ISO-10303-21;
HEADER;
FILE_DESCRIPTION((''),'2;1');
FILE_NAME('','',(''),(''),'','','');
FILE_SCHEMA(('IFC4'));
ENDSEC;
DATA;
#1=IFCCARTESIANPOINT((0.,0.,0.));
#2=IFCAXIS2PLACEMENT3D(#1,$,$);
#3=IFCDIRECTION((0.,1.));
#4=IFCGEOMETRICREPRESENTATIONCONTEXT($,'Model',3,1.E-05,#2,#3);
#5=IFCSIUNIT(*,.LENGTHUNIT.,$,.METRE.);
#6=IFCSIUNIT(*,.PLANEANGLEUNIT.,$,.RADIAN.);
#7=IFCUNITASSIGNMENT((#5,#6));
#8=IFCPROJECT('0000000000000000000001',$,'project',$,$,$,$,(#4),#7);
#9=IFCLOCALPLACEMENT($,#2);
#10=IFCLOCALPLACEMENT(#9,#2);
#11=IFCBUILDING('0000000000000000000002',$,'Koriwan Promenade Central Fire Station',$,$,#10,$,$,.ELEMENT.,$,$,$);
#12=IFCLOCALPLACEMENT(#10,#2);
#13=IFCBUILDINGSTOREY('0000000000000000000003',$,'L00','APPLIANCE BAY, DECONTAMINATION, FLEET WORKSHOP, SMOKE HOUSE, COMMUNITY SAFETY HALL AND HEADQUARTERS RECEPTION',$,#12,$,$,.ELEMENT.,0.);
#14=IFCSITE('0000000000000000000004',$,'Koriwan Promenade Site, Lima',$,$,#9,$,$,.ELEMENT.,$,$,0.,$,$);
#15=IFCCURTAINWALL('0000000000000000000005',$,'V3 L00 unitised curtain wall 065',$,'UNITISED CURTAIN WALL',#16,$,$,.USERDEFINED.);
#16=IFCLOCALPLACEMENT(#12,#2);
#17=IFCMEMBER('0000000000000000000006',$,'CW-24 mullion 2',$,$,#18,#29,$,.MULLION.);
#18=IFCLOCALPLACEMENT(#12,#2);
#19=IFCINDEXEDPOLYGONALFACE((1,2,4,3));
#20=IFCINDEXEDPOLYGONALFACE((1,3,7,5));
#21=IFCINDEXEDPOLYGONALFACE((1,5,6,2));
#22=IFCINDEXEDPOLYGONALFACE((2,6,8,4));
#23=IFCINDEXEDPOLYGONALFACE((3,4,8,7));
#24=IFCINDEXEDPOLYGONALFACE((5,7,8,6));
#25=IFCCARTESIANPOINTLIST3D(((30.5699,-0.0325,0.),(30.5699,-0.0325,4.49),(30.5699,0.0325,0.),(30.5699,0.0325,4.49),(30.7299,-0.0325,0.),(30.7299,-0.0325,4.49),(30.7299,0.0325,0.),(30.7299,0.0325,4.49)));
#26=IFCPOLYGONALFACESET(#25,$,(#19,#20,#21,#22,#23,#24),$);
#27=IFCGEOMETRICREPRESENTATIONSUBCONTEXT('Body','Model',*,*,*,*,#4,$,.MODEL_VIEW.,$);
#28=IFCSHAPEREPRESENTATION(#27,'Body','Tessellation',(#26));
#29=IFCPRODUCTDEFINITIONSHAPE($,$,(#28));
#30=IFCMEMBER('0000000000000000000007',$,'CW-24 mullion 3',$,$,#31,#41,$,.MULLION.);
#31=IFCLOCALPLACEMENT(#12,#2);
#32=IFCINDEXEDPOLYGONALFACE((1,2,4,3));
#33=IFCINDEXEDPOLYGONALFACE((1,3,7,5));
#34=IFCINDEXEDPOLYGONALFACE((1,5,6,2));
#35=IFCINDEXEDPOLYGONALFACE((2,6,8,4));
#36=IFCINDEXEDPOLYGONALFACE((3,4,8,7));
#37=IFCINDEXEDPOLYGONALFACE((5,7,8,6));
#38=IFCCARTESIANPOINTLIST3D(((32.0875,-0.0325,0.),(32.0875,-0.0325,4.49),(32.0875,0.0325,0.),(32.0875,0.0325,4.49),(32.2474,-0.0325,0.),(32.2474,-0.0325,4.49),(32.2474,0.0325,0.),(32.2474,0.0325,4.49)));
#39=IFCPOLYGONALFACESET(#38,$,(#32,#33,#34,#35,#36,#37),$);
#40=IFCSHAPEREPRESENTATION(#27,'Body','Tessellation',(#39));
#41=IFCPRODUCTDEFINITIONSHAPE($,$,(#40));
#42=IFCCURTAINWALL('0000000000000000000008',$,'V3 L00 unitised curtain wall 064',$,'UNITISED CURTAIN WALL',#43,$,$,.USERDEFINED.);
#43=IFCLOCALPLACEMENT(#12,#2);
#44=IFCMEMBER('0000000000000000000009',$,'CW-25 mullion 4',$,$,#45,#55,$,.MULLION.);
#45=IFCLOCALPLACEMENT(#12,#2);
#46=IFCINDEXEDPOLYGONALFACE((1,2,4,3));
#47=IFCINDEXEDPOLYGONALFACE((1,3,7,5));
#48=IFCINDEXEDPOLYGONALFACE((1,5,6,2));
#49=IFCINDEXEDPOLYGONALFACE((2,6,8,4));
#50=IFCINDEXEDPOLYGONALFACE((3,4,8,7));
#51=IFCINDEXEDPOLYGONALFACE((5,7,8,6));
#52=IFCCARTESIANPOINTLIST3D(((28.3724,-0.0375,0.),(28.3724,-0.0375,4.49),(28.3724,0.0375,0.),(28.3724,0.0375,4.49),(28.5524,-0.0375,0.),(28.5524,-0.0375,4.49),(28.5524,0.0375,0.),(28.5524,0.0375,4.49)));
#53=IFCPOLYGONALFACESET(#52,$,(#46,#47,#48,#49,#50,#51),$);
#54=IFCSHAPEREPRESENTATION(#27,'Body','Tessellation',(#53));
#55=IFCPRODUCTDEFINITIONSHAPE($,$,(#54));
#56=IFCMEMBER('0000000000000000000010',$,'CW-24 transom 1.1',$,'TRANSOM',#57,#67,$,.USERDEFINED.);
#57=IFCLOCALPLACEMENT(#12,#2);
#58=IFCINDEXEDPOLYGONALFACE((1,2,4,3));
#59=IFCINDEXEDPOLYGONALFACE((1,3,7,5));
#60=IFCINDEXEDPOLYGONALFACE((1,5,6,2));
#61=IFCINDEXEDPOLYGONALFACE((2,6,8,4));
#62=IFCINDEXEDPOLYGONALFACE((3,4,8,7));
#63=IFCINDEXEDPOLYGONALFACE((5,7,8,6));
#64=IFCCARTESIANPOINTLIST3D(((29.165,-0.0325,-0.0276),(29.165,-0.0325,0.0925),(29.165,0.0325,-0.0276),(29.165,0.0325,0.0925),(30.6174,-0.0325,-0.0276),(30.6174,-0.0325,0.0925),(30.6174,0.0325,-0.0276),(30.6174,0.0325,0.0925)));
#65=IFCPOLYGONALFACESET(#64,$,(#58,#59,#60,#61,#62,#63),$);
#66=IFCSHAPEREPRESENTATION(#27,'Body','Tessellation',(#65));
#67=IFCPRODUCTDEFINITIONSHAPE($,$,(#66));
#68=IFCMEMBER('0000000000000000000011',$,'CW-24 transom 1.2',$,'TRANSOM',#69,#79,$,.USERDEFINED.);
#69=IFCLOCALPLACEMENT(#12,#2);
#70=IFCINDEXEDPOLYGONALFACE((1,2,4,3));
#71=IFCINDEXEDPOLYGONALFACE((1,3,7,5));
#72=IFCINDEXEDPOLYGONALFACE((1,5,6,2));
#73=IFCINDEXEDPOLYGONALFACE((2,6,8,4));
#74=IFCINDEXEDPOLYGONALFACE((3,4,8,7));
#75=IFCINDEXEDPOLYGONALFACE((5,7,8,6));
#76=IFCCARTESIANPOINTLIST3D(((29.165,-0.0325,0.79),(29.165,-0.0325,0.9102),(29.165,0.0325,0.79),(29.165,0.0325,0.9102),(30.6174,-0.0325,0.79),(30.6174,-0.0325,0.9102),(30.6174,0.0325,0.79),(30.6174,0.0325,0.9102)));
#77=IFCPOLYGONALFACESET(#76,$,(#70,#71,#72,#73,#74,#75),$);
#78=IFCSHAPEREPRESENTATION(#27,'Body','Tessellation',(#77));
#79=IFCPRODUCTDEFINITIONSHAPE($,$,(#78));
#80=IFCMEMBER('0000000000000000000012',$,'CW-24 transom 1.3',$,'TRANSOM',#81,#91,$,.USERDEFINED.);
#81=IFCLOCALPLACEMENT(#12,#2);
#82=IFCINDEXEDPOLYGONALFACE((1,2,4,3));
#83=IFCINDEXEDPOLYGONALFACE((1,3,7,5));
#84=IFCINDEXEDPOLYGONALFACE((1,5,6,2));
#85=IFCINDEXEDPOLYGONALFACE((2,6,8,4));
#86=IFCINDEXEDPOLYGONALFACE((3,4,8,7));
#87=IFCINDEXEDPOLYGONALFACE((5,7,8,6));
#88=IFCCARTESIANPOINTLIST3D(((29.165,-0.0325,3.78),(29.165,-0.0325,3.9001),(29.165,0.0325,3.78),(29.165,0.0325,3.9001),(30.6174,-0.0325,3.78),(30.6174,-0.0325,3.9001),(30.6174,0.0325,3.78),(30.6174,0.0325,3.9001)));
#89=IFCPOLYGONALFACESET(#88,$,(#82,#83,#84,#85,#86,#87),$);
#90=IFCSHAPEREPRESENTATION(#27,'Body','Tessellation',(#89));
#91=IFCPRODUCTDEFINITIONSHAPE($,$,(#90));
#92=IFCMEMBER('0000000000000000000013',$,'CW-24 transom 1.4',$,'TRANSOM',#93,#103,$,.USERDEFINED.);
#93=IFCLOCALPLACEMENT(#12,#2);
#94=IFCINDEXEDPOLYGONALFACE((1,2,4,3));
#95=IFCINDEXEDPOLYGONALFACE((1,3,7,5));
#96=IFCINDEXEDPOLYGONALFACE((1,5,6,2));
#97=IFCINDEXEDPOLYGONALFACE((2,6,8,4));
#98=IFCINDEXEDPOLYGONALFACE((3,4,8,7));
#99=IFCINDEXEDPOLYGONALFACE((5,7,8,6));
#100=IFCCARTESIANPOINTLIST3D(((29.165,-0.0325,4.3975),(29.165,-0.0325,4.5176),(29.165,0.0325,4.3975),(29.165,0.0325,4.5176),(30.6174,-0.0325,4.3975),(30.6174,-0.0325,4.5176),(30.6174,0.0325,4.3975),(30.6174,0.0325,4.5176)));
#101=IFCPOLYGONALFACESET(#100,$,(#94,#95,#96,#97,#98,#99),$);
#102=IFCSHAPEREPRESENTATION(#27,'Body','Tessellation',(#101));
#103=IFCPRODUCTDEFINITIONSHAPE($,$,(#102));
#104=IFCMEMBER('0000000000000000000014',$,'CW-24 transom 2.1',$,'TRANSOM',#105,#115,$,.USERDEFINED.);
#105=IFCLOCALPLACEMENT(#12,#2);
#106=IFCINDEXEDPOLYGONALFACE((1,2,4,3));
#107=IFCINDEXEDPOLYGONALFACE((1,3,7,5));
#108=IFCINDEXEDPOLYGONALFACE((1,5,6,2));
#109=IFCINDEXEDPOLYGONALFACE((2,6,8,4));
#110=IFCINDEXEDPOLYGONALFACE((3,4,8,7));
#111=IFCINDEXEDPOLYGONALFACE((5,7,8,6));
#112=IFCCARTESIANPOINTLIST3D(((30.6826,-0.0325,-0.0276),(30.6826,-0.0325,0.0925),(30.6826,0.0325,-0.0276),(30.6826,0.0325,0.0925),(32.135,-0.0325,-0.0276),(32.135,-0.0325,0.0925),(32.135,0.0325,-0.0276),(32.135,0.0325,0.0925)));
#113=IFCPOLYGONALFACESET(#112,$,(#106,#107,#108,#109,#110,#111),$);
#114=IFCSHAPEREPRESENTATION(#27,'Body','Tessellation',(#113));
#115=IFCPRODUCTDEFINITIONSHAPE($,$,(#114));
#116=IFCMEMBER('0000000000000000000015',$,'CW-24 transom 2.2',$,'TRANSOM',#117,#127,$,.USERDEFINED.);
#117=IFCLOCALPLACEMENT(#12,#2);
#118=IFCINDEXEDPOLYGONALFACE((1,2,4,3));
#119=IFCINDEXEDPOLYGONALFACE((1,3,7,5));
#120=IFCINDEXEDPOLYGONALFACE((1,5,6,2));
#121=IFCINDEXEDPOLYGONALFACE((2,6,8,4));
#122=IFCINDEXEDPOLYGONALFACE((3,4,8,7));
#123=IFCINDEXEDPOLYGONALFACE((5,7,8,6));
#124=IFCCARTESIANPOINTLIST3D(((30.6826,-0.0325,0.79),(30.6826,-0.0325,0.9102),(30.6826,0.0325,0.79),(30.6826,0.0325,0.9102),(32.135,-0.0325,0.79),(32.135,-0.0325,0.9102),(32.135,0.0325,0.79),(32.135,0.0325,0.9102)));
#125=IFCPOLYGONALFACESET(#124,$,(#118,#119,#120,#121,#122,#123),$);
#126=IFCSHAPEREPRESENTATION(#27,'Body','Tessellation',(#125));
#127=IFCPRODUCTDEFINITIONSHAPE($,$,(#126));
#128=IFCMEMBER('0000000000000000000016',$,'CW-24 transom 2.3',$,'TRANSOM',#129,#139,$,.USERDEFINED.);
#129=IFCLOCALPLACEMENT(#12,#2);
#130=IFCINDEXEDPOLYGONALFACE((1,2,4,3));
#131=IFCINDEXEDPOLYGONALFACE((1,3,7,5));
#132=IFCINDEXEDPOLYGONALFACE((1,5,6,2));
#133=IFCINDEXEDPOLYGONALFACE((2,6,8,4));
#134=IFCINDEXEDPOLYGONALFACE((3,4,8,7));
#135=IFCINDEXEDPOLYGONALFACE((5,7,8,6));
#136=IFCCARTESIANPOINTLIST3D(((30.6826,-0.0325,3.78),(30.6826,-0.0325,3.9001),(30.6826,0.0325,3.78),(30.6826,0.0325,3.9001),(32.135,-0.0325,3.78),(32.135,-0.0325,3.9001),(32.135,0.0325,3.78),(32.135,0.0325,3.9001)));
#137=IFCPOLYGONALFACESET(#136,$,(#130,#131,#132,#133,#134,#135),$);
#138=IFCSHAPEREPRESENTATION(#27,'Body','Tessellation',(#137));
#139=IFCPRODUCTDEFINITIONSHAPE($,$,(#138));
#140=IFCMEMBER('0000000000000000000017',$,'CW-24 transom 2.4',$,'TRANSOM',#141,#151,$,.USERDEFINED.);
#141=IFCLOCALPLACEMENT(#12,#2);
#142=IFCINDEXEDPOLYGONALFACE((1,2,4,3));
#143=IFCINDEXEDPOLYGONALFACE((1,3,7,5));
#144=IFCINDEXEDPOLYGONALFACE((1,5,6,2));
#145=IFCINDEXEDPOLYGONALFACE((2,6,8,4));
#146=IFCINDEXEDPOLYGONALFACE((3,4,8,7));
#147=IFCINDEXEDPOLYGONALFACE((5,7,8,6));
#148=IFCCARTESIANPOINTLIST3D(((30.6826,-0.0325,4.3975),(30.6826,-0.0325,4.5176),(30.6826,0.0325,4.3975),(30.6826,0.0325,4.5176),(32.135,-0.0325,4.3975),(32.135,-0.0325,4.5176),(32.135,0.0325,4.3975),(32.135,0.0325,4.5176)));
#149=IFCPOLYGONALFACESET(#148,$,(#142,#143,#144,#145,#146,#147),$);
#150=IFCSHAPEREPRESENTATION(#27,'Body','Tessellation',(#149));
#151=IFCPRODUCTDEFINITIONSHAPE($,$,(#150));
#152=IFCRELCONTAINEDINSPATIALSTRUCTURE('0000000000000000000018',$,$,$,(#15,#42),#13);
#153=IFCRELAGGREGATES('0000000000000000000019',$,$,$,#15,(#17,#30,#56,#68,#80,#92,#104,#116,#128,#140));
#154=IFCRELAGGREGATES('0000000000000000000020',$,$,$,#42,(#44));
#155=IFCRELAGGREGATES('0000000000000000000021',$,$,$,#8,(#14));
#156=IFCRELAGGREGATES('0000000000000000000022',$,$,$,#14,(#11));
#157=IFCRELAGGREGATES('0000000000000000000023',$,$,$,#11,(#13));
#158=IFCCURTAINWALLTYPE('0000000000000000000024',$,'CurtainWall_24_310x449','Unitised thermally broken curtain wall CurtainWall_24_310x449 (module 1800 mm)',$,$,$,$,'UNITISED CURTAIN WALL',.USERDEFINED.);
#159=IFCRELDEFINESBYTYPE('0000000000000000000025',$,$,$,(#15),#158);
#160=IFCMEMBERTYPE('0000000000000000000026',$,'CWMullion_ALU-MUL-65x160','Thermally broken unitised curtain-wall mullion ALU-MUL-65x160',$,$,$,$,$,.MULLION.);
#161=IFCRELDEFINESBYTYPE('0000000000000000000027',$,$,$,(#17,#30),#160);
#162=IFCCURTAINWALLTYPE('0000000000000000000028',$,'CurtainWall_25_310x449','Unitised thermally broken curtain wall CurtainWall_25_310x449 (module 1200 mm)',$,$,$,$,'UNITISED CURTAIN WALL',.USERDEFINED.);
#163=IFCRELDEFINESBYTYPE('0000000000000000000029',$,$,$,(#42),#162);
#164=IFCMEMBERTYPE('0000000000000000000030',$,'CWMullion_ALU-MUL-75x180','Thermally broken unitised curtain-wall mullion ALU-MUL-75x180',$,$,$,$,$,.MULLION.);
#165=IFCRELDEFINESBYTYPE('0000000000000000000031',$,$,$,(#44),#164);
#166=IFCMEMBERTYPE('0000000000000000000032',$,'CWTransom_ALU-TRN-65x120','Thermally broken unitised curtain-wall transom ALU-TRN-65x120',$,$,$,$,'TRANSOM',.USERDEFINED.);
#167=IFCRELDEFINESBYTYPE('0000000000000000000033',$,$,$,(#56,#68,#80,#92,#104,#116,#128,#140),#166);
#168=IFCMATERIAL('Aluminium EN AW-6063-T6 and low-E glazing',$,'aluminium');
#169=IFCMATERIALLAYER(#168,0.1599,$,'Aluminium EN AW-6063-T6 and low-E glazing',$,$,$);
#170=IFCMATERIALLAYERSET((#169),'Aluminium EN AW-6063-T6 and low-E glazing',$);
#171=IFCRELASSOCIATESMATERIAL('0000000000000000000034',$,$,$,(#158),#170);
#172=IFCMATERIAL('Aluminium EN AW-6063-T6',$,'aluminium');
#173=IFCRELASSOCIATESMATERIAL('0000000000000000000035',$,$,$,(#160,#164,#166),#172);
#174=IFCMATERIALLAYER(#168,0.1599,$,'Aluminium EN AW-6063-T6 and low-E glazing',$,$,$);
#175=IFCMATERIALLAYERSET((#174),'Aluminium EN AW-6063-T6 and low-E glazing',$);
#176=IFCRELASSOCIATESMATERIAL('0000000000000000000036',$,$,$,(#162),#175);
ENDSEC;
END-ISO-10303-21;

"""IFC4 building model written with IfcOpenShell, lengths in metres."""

from ifc_helpers import new_model, si_unit, direction, frame, origin, origin_2d, place, context, subcontext, project, spatial, rectangle, extrude, material, layer, layer_set, material_profile, profile_set, type_object, element, aggregate, save


model = new_model("IFC4")

# Units and contexts
model_context = context("Model", 3, precision=1e-05, world=origin(), true_north=direction((0.0, 1.0)))
body_context = subcontext(model_context, "Body", "Model", "MODEL_VIEW")
ifc_project = project(units=[si_unit("LENGTHUNIT", "METRE"), si_unit("PLANEANGLEUNIT", "RADIAN")], contexts=[model_context])

# Site, building, storey
site_placement = place(None, origin())
site = spatial("IfcSite", under=ifc_project, at=site_placement, Name="Koriwan Promenade Site, Lima", CompositionType="ELEMENT", RefElevation=0.0)
building_placement = place(site_placement, origin())
building = spatial("IfcBuilding", under=site, at=building_placement, Name="Koriwan Promenade Central Fire Station", CompositionType="ELEMENT")
storey_placement = place(building_placement, origin())
storey = spatial("IfcBuildingStorey", under=building, at=storey_placement, Name="L00", Description="APPLIANCE BAY, DECONTAMINATION, FLEET WORKSHOP, SMOKE HOUSE, COMMUNITY SAFETY HALL AND HEADQUARTERS RECEPTION", CompositionType="ELEMENT", Elevation=0.0)

# Curtain wall, members
ifc_material_1 = material(Name="Aluminium EN AW-6063-T6 and low-E glazing", Category="aluminium")
ifc_layer_1 = layer(ifc_material_1, 0.1599, Name="Aluminium EN AW-6063-T6 and low-E glazing")
ifc_layer_set_1 = layer_set([ifc_layer_1], Name="Aluminium EN AW-6063-T6 and low-E glazing")
curtain_wall_type_1 = type_object("IfcCurtainWallType", Name="CurtainWall_24_310x449", Description="Unitised thermally broken curtain wall CurtainWall_24_310x449 (module 1800 mm)", ElementType="UNITISED CURTAIN WALL", PredefinedType="USERDEFINED", material=ifc_layer_set_1)
curtain_wall_1_placement = place(storey_placement, origin())
curtain_wall_1 = element("IfcCurtainWall", 1, at=curtain_wall_1_placement, inside=storey, type_object=curtain_wall_type_1, Name="V3 L00 unitised curtain wall 065", ObjectType="UNITISED CURTAIN WALL", PredefinedType="USERDEFINED")
ifc_material_2 = material(Name="Aluminium EN AW-6063-T6", Category="aluminium")
ifc_material_profile_1 = material_profile(ifc_material_2, rectangle(XDim=0.0649, YDim=0.1599, at=origin_2d()), Name="ALU-MUL-65x160")
ifc_profile_set_1 = profile_set([ifc_material_profile_1], Name="Aluminium EN AW-6063-T6")
member_type_1 = type_object("IfcMemberType", Name="CWMullion_ALU-MUL-65x160", Description="Thermally broken unitised curtain-wall mullion ALU-MUL-65x160", PredefinedType="MULLION", material=ifc_profile_set_1)
member_1_placement = place(storey_placement, frame((30.6499, 0.0, 0.0), z_axis=(0.0, 0.0, 1.0), x_axis=(0.0, 1.0, 0.0)))
member_1 = element("IfcMember", 2, at=member_1_placement, type_object=member_type_1, Name="CW-24 mullion 2", PredefinedType="MULLION", context=body_context, shape_type="SweptSolid", body=[
    extrude(rectangle(XDim=0.0649, YDim=0.1599, at=origin_2d()), origin(), (0.0, 0.0, 1.0), 4.49),
])
member_2_placement = place(storey_placement, frame((32.1675, 0.0, 0.0), z_axis=(0.0, 0.0, 1.0), x_axis=(0.0, 1.0, 0.0)))
member_2 = element("IfcMember", 3, at=member_2_placement, type_object=member_type_1, Name="CW-24 mullion 3", PredefinedType="MULLION", context=body_context, shape_type="SweptSolid", body=[
    extrude(rectangle(XDim=0.0649, YDim=0.1599, at=origin_2d()), origin(), (0.0, 0.0, 1.0), 4.49),
])

# Curtain wall, member
ifc_layer_2 = layer(ifc_material_1, 0.1599, Name="Aluminium EN AW-6063-T6 and low-E glazing")
ifc_layer_set_2 = layer_set([ifc_layer_2], Name="Aluminium EN AW-6063-T6 and low-E glazing")
curtain_wall_type_2 = type_object("IfcCurtainWallType", Name="CurtainWall_25_310x449", Description="Unitised thermally broken curtain wall CurtainWall_25_310x449 (module 1200 mm)", ElementType="UNITISED CURTAIN WALL", PredefinedType="USERDEFINED", material=ifc_layer_set_2)
curtain_wall_2_placement = place(storey_placement, origin())
curtain_wall_2 = element("IfcCurtainWall", 4, at=curtain_wall_2_placement, inside=storey, type_object=curtain_wall_type_2, Name="V3 L00 unitised curtain wall 064", ObjectType="UNITISED CURTAIN WALL", PredefinedType="USERDEFINED")
ifc_material_profile_2 = material_profile(ifc_material_2, rectangle(XDim=0.075, YDim=0.1799, at=origin_2d()), Name="ALU-MUL-75x180")
ifc_profile_set_2 = profile_set([ifc_material_profile_2], Name="Aluminium EN AW-6063-T6")
member_type_2 = type_object("IfcMemberType", Name="CWMullion_ALU-MUL-75x180", Description="Thermally broken unitised curtain-wall mullion ALU-MUL-75x180", PredefinedType="MULLION", material=ifc_profile_set_2)
member_3_placement = place(storey_placement, frame((28.4624, 0.0, 0.0), z_axis=(0.0, 0.0, 1.0), x_axis=(0.0, 1.0, 0.0)))
member_3 = element("IfcMember", 5, at=member_3_placement, type_object=member_type_2, Name="CW-25 mullion 4", PredefinedType="MULLION", context=body_context, shape_type="SweptSolid", body=[
    extrude(rectangle(XDim=0.075, YDim=0.1799, at=origin_2d()), origin(), (0.0, 0.0, 1.0), 4.49),
])

# Members
ifc_material_profile_3 = material_profile(ifc_material_2, rectangle(XDim=0.0649, YDim=0.1201, at=origin_2d()), Name="ALU-TRN-65x120")
ifc_profile_set_3 = profile_set([ifc_material_profile_3], Name="Aluminium EN AW-6063-T6")
member_type_3 = type_object("IfcMemberType", Name="CWTransom_ALU-TRN-65x120", Description="Thermally broken unitised curtain-wall transom ALU-TRN-65x120", ElementType="TRANSOM", PredefinedType="USERDEFINED", material=ifc_profile_set_3)
member_4_placement = place(storey_placement, frame((29.165, 0.0, 0.0325), z_axis=(1.0, 0.0, 0.0), x_axis=(0.0, 1.0, 0.0)))
member_4 = element("IfcMember", 6, at=member_4_placement, type_object=member_type_3, Name="CW-24 transom 1.1", ObjectType="TRANSOM", PredefinedType="USERDEFINED", context=body_context, shape_type="SweptSolid", body=[
    extrude(rectangle(XDim=0.0649, YDim=0.1201, at=origin_2d()), origin(), (0.0, 0.0, 1.0), 1.4524),
])
member_5_placement = place(storey_placement, frame((29.165, 0.0, 0.8501), z_axis=(1.0, 0.0, 0.0), x_axis=(0.0, 1.0, 0.0)))
member_5 = element("IfcMember", 7, at=member_5_placement, type_object=member_type_3, Name="CW-24 transom 1.2", ObjectType="TRANSOM", PredefinedType="USERDEFINED", context=body_context, shape_type="SweptSolid", body=[
    extrude(rectangle(XDim=0.0649, YDim=0.1201, at=origin_2d()), origin(), (0.0, 0.0, 1.0), 1.4524),
])
member_6_placement = place(storey_placement, frame((29.165, 0.0, 3.8401), z_axis=(1.0, 0.0, 0.0), x_axis=(0.0, 1.0, 0.0)))
member_6 = element("IfcMember", 8, at=member_6_placement, type_object=member_type_3, Name="CW-24 transom 1.3", ObjectType="TRANSOM", PredefinedType="USERDEFINED", context=body_context, shape_type="SweptSolid", body=[
    extrude(rectangle(XDim=0.0649, YDim=0.1201, at=origin_2d()), origin(), (0.0, 0.0, 1.0), 1.4524),
])
member_7_placement = place(storey_placement, frame((29.165, 0.0, 4.4575), z_axis=(1.0, 0.0, 0.0), x_axis=(0.0, 1.0, 0.0)))
member_7 = element("IfcMember", 9, at=member_7_placement, type_object=member_type_3, Name="CW-24 transom 1.4", ObjectType="TRANSOM", PredefinedType="USERDEFINED", context=body_context, shape_type="SweptSolid", body=[
    extrude(rectangle(XDim=0.0649, YDim=0.1201, at=origin_2d()), origin(), (0.0, 0.0, 1.0), 1.4524),
])
member_8_placement = place(storey_placement, frame((30.6826, 0.0, 0.0325), z_axis=(1.0, 0.0, 0.0), x_axis=(0.0, 1.0, 0.0)))
member_8 = element("IfcMember", 10, at=member_8_placement, type_object=member_type_3, Name="CW-24 transom 2.1", ObjectType="TRANSOM", PredefinedType="USERDEFINED", context=body_context, shape_type="SweptSolid", body=[
    extrude(rectangle(XDim=0.0649, YDim=0.1201, at=origin_2d()), origin(), (0.0, 0.0, 1.0), 1.4524),
])
member_9_placement = place(storey_placement, frame((30.6826, 0.0, 0.8501), z_axis=(1.0, 0.0, 0.0), x_axis=(0.0, 1.0, 0.0)))
member_9 = element("IfcMember", 11, at=member_9_placement, type_object=member_type_3, Name="CW-24 transom 2.2", ObjectType="TRANSOM", PredefinedType="USERDEFINED", context=body_context, shape_type="SweptSolid", body=[
    extrude(rectangle(XDim=0.0649, YDim=0.1201, at=origin_2d()), origin(), (0.0, 0.0, 1.0), 1.4524),
])
member_10_placement = place(storey_placement, frame((30.6826, 0.0, 3.8401), z_axis=(1.0, 0.0, 0.0), x_axis=(0.0, 1.0, 0.0)))
member_10 = element("IfcMember", 12, at=member_10_placement, type_object=member_type_3, Name="CW-24 transom 2.3", ObjectType="TRANSOM", PredefinedType="USERDEFINED", context=body_context, shape_type="SweptSolid", body=[
    extrude(rectangle(XDim=0.0649, YDim=0.1201, at=origin_2d()), origin(), (0.0, 0.0, 1.0), 1.4524),
])
member_11_placement = place(storey_placement, frame((30.6826, 0.0, 4.4575), z_axis=(1.0, 0.0, 0.0), x_axis=(0.0, 1.0, 0.0)))
member_11 = element("IfcMember", 13, at=member_11_placement, type_object=member_type_3, Name="CW-24 transom 2.4", ObjectType="TRANSOM", PredefinedType="USERDEFINED", context=body_context, shape_type="SweptSolid", body=[
    extrude(rectangle(XDim=0.0649, YDim=0.1201, at=origin_2d()), origin(), (0.0, 0.0, 1.0), 1.4524),
])

aggregate(curtain_wall_1, [member_1, member_2, member_4, member_5, member_6, member_7, member_8, member_9, member_10, member_11])
aggregate(curtain_wall_2, [member_3])

save(model, "model.ifc")
